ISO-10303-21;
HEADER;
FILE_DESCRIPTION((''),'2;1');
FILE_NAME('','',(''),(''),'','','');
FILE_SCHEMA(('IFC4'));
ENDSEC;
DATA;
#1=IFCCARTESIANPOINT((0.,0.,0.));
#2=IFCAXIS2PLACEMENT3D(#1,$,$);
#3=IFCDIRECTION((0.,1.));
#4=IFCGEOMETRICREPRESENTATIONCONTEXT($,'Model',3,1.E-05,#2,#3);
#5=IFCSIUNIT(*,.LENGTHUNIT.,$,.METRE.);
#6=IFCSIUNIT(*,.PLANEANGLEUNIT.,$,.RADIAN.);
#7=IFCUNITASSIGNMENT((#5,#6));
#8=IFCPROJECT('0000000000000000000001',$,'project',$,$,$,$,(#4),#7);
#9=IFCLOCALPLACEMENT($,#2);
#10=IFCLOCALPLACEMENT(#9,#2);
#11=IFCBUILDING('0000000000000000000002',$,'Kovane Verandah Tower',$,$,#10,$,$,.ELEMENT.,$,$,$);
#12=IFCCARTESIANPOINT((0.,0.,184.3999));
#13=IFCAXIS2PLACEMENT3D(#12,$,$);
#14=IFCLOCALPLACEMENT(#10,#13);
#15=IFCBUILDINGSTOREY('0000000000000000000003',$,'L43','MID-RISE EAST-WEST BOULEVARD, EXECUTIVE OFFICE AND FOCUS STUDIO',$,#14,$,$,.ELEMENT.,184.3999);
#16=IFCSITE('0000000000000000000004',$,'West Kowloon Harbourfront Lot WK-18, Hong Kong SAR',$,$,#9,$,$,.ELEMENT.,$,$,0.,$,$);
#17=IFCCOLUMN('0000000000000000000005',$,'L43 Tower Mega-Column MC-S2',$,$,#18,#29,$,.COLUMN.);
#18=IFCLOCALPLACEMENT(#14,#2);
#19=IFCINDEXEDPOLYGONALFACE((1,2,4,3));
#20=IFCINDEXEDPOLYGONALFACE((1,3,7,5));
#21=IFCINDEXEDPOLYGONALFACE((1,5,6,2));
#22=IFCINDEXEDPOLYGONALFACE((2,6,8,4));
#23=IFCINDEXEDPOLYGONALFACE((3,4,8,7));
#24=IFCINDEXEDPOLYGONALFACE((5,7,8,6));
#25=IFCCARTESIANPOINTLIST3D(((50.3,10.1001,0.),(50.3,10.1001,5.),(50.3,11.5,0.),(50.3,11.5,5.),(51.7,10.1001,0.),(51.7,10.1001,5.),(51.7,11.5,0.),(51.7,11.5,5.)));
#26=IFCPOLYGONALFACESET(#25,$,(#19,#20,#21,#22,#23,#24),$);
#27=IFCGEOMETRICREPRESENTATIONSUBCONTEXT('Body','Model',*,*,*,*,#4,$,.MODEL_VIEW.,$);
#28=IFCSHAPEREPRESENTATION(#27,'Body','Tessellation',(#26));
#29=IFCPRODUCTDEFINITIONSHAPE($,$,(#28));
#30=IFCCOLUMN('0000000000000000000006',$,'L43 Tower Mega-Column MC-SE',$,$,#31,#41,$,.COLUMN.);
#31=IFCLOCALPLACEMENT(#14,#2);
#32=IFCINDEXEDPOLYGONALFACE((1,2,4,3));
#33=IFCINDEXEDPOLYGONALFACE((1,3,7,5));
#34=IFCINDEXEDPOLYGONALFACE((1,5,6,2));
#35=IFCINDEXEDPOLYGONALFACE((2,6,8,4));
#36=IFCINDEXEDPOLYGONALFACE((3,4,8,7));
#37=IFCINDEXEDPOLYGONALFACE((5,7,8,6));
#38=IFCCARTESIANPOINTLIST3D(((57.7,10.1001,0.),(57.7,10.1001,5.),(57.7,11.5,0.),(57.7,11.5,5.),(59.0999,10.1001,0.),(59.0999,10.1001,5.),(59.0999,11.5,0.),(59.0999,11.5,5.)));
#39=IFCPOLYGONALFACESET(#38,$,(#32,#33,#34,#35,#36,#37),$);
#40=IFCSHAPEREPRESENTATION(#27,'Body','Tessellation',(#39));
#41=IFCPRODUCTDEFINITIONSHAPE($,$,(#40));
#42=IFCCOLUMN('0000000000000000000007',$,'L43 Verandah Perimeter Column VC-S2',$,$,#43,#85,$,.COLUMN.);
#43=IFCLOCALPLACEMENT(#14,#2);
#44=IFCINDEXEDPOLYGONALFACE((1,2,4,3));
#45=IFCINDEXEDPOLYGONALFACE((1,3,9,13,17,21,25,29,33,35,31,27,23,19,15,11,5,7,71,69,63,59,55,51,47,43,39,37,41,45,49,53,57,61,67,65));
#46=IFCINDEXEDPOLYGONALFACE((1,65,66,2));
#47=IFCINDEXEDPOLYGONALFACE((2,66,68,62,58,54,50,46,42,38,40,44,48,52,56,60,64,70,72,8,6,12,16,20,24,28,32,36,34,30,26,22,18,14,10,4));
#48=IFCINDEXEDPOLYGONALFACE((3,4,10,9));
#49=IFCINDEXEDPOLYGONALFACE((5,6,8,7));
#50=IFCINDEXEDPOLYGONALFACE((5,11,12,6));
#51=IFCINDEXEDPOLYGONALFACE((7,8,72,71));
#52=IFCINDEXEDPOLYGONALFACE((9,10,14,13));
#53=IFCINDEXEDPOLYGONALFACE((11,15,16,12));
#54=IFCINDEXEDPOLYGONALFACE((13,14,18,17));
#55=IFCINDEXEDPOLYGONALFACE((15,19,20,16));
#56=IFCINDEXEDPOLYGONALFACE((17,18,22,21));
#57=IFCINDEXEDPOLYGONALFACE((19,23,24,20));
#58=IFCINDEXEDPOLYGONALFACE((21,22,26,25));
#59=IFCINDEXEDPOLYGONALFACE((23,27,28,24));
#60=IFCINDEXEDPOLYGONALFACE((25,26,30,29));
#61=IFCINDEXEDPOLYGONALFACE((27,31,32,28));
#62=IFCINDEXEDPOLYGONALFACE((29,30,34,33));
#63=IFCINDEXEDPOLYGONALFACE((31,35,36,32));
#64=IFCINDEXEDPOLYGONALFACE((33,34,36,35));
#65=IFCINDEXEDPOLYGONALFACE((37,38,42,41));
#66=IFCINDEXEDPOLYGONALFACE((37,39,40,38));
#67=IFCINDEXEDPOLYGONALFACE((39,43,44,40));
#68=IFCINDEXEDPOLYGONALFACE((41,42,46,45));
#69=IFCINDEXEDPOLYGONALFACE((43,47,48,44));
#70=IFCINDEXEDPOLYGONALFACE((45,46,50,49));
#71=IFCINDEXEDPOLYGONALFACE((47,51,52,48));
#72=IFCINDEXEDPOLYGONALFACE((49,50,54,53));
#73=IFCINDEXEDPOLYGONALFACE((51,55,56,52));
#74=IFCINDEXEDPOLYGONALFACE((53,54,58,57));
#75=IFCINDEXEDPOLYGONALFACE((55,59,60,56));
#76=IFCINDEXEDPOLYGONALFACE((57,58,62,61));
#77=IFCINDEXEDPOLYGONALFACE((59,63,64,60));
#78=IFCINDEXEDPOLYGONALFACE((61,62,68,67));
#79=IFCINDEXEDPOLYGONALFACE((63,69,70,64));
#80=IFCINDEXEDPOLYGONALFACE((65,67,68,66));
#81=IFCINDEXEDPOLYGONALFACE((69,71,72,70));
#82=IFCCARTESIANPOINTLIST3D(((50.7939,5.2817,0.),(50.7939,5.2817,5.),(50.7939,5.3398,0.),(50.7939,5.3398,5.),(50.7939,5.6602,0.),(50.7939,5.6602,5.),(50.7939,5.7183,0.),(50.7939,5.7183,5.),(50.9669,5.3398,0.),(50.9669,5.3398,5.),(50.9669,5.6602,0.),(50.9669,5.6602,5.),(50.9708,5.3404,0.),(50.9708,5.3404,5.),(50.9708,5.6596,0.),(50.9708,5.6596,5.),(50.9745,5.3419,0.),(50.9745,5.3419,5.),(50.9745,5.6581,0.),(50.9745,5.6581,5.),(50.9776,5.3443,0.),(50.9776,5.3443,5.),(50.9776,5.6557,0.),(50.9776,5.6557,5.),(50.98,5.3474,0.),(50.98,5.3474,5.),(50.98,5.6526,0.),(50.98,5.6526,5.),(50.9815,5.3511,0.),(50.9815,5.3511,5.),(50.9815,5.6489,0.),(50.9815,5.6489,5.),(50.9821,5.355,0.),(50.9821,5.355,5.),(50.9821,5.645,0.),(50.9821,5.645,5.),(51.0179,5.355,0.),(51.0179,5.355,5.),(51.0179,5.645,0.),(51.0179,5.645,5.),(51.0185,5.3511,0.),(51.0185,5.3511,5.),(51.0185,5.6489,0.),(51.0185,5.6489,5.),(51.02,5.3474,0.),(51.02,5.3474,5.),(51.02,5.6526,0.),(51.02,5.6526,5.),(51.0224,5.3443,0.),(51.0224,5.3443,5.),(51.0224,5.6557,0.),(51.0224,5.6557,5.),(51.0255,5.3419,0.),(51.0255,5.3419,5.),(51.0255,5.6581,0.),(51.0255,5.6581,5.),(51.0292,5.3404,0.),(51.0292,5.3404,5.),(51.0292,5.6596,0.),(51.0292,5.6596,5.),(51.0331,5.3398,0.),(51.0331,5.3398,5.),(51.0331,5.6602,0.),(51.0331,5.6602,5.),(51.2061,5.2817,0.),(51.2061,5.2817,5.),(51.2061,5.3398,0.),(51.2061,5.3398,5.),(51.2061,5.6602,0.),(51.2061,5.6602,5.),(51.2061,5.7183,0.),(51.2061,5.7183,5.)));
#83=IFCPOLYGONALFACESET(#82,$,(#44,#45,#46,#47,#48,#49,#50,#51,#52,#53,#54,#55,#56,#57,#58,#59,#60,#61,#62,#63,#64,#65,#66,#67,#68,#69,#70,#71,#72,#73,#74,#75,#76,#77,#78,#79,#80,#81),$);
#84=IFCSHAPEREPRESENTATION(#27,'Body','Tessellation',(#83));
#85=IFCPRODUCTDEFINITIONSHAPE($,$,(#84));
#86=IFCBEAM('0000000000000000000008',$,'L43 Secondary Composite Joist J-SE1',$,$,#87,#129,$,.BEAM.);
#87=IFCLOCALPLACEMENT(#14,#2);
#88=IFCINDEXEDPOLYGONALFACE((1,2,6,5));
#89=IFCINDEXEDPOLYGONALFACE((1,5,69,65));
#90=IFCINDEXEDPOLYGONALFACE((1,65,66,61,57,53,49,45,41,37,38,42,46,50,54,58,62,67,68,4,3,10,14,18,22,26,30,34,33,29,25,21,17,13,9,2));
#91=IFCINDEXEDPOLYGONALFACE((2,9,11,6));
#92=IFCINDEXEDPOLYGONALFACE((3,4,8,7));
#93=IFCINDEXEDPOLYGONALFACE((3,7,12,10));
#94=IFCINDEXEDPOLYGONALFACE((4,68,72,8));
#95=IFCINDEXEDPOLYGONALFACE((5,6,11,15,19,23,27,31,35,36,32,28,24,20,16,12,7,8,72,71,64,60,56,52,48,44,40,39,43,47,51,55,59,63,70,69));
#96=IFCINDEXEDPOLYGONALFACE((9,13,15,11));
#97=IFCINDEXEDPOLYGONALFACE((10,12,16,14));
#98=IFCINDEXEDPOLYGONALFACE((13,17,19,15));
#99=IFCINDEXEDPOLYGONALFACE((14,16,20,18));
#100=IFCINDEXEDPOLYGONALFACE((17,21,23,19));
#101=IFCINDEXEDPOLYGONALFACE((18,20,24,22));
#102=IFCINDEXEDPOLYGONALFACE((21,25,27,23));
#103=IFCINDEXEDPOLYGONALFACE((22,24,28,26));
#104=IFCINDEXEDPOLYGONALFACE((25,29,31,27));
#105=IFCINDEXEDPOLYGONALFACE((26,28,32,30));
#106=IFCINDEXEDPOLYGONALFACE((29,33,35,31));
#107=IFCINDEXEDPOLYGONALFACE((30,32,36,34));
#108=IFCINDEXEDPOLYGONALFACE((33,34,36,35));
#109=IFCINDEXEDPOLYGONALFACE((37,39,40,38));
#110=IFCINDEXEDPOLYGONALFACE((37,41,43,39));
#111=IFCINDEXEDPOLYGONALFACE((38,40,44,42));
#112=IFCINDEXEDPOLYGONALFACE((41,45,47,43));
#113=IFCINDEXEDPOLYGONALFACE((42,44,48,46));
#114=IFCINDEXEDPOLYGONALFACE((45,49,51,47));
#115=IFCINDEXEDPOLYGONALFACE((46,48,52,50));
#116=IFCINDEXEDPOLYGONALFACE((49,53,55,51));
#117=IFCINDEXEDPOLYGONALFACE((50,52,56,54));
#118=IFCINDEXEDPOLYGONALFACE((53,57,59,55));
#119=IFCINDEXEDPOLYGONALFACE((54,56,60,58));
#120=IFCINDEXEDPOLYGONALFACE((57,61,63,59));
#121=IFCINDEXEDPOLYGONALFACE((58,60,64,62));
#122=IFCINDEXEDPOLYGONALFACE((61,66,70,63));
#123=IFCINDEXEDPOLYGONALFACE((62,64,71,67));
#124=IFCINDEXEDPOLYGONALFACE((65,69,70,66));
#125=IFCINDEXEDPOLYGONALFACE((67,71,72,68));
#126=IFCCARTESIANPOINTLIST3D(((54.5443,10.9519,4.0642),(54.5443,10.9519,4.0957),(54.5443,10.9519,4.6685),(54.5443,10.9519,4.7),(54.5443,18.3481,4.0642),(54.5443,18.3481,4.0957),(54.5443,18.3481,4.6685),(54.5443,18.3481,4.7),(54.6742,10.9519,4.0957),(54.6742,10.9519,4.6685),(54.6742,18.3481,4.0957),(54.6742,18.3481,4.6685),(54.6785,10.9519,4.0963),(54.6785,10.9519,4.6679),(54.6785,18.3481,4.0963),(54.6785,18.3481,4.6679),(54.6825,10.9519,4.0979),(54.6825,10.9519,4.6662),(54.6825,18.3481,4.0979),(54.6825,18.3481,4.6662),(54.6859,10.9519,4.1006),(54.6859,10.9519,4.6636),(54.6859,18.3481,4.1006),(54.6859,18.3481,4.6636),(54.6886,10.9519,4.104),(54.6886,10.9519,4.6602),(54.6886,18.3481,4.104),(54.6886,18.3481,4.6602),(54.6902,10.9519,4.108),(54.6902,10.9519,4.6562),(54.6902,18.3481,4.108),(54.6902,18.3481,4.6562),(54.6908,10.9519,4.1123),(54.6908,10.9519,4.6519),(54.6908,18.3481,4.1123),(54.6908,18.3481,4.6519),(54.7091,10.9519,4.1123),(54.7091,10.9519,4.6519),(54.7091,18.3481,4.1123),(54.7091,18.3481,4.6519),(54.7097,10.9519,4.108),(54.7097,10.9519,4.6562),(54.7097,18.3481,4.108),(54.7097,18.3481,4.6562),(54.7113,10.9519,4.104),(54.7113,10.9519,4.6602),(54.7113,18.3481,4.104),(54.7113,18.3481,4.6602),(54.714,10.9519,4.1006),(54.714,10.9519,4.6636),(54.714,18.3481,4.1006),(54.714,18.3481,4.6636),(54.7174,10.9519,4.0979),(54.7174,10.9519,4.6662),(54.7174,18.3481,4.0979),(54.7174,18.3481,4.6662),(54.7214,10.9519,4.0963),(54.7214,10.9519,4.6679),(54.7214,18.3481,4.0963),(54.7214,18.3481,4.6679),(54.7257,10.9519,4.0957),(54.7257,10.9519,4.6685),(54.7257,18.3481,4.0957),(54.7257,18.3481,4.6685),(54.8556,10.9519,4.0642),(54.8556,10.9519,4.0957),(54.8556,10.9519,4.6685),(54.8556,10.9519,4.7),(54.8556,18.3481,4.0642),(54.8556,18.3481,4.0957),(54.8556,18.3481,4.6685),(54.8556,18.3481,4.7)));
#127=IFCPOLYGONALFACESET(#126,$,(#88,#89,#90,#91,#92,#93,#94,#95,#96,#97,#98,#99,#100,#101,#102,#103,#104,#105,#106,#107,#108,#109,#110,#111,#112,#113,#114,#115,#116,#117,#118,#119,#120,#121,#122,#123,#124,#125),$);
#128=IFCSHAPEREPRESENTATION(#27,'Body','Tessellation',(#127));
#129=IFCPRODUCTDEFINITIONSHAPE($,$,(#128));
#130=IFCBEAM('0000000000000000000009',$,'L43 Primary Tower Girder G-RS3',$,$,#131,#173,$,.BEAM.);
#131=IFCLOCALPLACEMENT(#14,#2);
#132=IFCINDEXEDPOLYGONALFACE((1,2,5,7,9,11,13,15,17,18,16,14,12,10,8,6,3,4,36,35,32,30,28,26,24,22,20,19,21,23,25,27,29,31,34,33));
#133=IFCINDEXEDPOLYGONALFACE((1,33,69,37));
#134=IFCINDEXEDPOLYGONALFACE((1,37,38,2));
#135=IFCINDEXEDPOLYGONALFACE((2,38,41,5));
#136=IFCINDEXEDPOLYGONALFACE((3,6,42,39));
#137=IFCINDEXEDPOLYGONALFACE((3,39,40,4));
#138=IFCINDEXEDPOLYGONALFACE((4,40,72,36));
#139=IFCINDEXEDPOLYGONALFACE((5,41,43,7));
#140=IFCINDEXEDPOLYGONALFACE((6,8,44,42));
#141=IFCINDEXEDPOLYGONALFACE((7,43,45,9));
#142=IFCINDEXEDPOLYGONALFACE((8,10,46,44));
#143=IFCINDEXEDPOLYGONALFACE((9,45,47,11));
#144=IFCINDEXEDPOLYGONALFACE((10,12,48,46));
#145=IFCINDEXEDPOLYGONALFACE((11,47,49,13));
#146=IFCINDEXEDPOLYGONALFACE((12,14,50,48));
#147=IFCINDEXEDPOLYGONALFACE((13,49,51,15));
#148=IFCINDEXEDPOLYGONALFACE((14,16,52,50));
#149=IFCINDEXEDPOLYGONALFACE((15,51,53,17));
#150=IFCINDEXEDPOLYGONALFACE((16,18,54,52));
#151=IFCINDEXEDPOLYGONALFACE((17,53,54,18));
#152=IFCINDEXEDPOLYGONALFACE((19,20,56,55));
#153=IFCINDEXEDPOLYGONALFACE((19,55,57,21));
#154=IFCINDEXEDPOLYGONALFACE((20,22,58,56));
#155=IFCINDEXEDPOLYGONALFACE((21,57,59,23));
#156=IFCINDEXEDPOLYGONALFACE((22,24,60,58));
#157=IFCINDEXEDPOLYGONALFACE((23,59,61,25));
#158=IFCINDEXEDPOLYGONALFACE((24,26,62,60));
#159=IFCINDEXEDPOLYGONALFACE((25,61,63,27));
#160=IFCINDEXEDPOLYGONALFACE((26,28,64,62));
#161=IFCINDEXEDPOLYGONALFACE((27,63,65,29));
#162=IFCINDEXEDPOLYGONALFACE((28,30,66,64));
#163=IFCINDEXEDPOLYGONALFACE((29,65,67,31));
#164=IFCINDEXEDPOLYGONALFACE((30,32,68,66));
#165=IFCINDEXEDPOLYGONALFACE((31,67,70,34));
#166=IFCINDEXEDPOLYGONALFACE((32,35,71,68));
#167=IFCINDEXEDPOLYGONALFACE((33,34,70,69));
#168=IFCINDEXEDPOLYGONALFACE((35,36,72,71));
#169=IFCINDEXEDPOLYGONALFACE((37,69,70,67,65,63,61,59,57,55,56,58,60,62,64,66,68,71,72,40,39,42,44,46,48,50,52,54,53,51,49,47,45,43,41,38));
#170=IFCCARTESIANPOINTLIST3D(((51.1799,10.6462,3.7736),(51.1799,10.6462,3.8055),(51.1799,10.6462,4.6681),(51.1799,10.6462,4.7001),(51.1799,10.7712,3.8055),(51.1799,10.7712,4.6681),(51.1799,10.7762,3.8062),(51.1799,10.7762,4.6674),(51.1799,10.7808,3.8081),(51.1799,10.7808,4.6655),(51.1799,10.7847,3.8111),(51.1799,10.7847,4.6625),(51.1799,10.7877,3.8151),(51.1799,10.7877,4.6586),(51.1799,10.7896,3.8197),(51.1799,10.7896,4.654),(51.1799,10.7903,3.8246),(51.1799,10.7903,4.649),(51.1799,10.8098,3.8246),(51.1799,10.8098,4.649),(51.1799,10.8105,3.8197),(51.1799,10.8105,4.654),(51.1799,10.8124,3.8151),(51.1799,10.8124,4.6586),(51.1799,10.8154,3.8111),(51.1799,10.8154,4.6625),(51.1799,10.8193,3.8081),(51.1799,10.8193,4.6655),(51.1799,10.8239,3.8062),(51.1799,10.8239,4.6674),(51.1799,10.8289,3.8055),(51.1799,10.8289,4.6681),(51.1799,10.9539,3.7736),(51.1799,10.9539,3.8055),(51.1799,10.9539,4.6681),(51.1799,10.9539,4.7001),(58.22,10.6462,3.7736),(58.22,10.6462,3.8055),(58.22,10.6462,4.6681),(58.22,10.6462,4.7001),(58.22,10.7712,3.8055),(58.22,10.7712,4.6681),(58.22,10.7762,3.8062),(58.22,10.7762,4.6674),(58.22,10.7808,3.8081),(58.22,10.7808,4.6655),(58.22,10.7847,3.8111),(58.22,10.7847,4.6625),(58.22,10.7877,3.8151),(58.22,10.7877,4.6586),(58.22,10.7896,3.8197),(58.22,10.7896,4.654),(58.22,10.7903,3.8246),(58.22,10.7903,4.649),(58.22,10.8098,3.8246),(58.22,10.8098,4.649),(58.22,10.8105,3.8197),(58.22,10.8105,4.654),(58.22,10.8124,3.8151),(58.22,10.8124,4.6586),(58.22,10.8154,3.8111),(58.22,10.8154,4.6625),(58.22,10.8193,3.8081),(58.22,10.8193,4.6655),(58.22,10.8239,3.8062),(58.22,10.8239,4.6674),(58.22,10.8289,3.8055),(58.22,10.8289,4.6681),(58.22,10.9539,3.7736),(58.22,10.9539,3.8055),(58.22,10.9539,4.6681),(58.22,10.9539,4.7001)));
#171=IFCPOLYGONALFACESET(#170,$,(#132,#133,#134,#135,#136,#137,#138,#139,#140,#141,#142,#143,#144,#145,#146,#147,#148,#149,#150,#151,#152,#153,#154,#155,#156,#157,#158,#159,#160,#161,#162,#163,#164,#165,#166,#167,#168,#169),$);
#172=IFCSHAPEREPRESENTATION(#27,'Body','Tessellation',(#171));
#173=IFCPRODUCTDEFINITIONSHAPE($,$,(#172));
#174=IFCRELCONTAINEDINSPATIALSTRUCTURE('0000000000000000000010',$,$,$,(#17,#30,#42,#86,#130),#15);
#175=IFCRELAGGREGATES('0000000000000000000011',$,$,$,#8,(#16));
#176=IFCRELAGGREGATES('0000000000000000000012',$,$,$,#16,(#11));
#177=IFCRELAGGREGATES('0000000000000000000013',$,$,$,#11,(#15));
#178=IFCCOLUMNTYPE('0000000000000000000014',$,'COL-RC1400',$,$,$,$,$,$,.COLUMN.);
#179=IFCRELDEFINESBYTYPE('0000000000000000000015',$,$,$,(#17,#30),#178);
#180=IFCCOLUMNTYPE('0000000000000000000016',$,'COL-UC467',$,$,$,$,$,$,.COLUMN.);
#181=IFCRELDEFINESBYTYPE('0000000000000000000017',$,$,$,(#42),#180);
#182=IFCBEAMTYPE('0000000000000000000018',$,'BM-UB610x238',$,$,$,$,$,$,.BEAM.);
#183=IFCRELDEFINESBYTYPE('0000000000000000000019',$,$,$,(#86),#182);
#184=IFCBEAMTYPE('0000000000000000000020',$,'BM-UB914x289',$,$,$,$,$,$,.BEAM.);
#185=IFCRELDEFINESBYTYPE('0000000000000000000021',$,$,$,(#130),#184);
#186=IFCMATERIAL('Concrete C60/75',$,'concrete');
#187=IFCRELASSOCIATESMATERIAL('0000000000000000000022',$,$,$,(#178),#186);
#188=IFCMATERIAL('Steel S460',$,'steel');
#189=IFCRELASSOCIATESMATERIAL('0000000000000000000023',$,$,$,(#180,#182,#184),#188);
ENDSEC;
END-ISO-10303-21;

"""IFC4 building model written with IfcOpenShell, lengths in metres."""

from ifc_helpers import new_model, si_unit, direction, frame, origin, origin_2d, place, context, subcontext, project, spatial, rectangle, i_section, extrude, material, material_profile, profile_set, type_object, element, save


model = new_model("IFC4")

# Units and contexts
model_context = context("Model", 3, precision=1e-05, world=origin(), true_north=direction((0.0, 1.0)))
body_context = subcontext(model_context, "Body", "Model", "MODEL_VIEW")
ifc_project = project(units=[si_unit("LENGTHUNIT", "METRE"), si_unit("PLANEANGLEUNIT", "RADIAN")], contexts=[model_context])

# Site, building, storey
site_placement = place(None, origin())
site = spatial("IfcSite", under=ifc_project, at=site_placement, Name="West Kowloon Harbourfront Lot WK-18, Hong Kong SAR", CompositionType="ELEMENT", RefElevation=0.0)
building_placement = place(site_placement, origin())
building = spatial("IfcBuilding", under=site, at=building_placement, Name="Kovane Verandah Tower", CompositionType="ELEMENT")
storey_placement = place(building_placement, frame((0.0, 0.0, 184.3999)))
storey = spatial("IfcBuildingStorey", under=building, at=storey_placement, Name="L43", Description="MID-RISE EAST-WEST BOULEVARD, EXECUTIVE OFFICE AND FOCUS STUDIO", CompositionType="ELEMENT", Elevation=184.3999)

# Columns
ifc_material_1 = material(Name="Concrete C60/75", Category="concrete")
ifc_material_profile_1 = material_profile(ifc_material_1, rectangle(XDim=1.3999, YDim=1.3999, at=origin_2d()), Name="RC1400x1400")
ifc_profile_set_1 = profile_set([ifc_material_profile_1], Name="Concrete C60/75")
column_type_1 = type_object("IfcColumnType", Name="COL-RC1400", PredefinedType="COLUMN", material=ifc_profile_set_1)
for number, where, z_axis, x_axis, name in (
    (1, (51.0, 10.8, 0.0), (0.0, 0.0, 1.0), (1.0, 0.0, 0.0), "L43 Tower Mega-Column MC-S2"),
    (2, (58.3999, 10.8, 0.0), (0.0, 0.0, 1.0), (1.0, 0.0, 0.0), "L43 Tower Mega-Column MC-SE"),
):
    element("IfcColumn", number, at=place(storey_placement, frame(where, z_axis=z_axis, x_axis=x_axis)), inside=storey, type_object=column_type_1, Name=name, PredefinedType="COLUMN", context=body_context, shape_type="SweptSolid", body=[
        extrude(rectangle(XDim=1.3999, YDim=1.3999, at=origin_2d()), origin(), (0.0, 0.0, 1.0), 5.0),
    ])
ifc_material_2 = material(Name="Steel S460", Category="steel")
ifc_material_profile_2 = material_profile(ifc_material_2, i_section(OverallWidth=0.4121, OverallDepth=0.4365, WebThickness=0.0359, FlangeThickness=0.0581, FilletRadius=0.0151, at=origin_2d()), Name="UC356x406x467")
ifc_profile_set_2 = profile_set([ifc_material_profile_2], Name="Steel S460")
column_type_2 = type_object("IfcColumnType", Name="COL-UC467", PredefinedType="COLUMN", material=ifc_profile_set_2)
column_placement = place(storey_placement, frame((51.0, 5.5, 0.0), z_axis=(0.0, 0.0, 1.0), x_axis=(1.0, 0.0, 0.0)))
element("IfcColumn", 3, at=column_placement, inside=storey, type_object=column_type_2, Name="L43 Verandah Perimeter Column VC-S2", PredefinedType="COLUMN", context=body_context, shape_type="SweptSolid", body=[
    extrude(i_section(OverallWidth=0.4121, OverallDepth=0.4365, WebThickness=0.0359, FlangeThickness=0.0581, FilletRadius=0.0151, at=origin_2d()), origin(), (0.0, 0.0, 1.0), 5.0),
])

# Beams
ifc_material_profile_3 = material_profile(ifc_material_2, i_section(OverallWidth=0.3113, OverallDepth=0.6357, WebThickness=0.0183, FlangeThickness=0.0315, FilletRadius=0.0166, at=origin_2d()), Name="UB610x305x238")
ifc_profile_set_3 = profile_set([ifc_material_profile_3], Name="Steel S460")
beam_type_1 = type_object("IfcBeamType", Name="BM-UB610x238", PredefinedType="BEAM", material=ifc_profile_set_3)
beam_1_placement = place(storey_placement, frame((54.7, 10.9519, 4.3821), z_axis=(0.0, 1.0, 0.0), x_axis=(-1.0, 0.0, 0.0)))
element("IfcBeam", 4, at=beam_1_placement, inside=storey, type_object=beam_type_1, Name="L43 Secondary Composite Joist J-SE1", PredefinedType="BEAM", context=body_context, shape_type="SweptSolid", body=[
    extrude(i_section(OverallWidth=0.3113, OverallDepth=0.6357, WebThickness=0.0183, FlangeThickness=0.0315, FilletRadius=0.0166, at=origin_2d()), origin(), (0.0, 0.0, 1.0), 7.3962),
])
ifc_material_profile_4 = material_profile(ifc_material_2, i_section(OverallWidth=0.3076, OverallDepth=0.9265, WebThickness=0.0195, FlangeThickness=0.032, FilletRadius=0.019, at=origin_2d()), Name="UB914x305x289")
ifc_profile_set_4 = profile_set([ifc_material_profile_4], Name="Steel S460")
beam_type_2 = type_object("IfcBeamType", Name="BM-UB914x289", PredefinedType="BEAM", material=ifc_profile_set_4)
beam_2_placement = place(storey_placement, frame((51.1799, 10.8, 4.2368), z_axis=(1.0, 0.0, 0.0), x_axis=(0.0, 1.0, 0.0)))
element("IfcBeam", 5, at=beam_2_placement, inside=storey, type_object=beam_type_2, Name="L43 Primary Tower Girder G-RS3", PredefinedType="BEAM", context=body_context, shape_type="SweptSolid", body=[
    extrude(i_section(OverallWidth=0.3076, OverallDepth=0.9265, WebThickness=0.0195, FlangeThickness=0.032, FilletRadius=0.019, at=origin_2d()), origin(), (0.0, 0.0, 1.0), 7.04),
])

save(model, "model.ifc")
